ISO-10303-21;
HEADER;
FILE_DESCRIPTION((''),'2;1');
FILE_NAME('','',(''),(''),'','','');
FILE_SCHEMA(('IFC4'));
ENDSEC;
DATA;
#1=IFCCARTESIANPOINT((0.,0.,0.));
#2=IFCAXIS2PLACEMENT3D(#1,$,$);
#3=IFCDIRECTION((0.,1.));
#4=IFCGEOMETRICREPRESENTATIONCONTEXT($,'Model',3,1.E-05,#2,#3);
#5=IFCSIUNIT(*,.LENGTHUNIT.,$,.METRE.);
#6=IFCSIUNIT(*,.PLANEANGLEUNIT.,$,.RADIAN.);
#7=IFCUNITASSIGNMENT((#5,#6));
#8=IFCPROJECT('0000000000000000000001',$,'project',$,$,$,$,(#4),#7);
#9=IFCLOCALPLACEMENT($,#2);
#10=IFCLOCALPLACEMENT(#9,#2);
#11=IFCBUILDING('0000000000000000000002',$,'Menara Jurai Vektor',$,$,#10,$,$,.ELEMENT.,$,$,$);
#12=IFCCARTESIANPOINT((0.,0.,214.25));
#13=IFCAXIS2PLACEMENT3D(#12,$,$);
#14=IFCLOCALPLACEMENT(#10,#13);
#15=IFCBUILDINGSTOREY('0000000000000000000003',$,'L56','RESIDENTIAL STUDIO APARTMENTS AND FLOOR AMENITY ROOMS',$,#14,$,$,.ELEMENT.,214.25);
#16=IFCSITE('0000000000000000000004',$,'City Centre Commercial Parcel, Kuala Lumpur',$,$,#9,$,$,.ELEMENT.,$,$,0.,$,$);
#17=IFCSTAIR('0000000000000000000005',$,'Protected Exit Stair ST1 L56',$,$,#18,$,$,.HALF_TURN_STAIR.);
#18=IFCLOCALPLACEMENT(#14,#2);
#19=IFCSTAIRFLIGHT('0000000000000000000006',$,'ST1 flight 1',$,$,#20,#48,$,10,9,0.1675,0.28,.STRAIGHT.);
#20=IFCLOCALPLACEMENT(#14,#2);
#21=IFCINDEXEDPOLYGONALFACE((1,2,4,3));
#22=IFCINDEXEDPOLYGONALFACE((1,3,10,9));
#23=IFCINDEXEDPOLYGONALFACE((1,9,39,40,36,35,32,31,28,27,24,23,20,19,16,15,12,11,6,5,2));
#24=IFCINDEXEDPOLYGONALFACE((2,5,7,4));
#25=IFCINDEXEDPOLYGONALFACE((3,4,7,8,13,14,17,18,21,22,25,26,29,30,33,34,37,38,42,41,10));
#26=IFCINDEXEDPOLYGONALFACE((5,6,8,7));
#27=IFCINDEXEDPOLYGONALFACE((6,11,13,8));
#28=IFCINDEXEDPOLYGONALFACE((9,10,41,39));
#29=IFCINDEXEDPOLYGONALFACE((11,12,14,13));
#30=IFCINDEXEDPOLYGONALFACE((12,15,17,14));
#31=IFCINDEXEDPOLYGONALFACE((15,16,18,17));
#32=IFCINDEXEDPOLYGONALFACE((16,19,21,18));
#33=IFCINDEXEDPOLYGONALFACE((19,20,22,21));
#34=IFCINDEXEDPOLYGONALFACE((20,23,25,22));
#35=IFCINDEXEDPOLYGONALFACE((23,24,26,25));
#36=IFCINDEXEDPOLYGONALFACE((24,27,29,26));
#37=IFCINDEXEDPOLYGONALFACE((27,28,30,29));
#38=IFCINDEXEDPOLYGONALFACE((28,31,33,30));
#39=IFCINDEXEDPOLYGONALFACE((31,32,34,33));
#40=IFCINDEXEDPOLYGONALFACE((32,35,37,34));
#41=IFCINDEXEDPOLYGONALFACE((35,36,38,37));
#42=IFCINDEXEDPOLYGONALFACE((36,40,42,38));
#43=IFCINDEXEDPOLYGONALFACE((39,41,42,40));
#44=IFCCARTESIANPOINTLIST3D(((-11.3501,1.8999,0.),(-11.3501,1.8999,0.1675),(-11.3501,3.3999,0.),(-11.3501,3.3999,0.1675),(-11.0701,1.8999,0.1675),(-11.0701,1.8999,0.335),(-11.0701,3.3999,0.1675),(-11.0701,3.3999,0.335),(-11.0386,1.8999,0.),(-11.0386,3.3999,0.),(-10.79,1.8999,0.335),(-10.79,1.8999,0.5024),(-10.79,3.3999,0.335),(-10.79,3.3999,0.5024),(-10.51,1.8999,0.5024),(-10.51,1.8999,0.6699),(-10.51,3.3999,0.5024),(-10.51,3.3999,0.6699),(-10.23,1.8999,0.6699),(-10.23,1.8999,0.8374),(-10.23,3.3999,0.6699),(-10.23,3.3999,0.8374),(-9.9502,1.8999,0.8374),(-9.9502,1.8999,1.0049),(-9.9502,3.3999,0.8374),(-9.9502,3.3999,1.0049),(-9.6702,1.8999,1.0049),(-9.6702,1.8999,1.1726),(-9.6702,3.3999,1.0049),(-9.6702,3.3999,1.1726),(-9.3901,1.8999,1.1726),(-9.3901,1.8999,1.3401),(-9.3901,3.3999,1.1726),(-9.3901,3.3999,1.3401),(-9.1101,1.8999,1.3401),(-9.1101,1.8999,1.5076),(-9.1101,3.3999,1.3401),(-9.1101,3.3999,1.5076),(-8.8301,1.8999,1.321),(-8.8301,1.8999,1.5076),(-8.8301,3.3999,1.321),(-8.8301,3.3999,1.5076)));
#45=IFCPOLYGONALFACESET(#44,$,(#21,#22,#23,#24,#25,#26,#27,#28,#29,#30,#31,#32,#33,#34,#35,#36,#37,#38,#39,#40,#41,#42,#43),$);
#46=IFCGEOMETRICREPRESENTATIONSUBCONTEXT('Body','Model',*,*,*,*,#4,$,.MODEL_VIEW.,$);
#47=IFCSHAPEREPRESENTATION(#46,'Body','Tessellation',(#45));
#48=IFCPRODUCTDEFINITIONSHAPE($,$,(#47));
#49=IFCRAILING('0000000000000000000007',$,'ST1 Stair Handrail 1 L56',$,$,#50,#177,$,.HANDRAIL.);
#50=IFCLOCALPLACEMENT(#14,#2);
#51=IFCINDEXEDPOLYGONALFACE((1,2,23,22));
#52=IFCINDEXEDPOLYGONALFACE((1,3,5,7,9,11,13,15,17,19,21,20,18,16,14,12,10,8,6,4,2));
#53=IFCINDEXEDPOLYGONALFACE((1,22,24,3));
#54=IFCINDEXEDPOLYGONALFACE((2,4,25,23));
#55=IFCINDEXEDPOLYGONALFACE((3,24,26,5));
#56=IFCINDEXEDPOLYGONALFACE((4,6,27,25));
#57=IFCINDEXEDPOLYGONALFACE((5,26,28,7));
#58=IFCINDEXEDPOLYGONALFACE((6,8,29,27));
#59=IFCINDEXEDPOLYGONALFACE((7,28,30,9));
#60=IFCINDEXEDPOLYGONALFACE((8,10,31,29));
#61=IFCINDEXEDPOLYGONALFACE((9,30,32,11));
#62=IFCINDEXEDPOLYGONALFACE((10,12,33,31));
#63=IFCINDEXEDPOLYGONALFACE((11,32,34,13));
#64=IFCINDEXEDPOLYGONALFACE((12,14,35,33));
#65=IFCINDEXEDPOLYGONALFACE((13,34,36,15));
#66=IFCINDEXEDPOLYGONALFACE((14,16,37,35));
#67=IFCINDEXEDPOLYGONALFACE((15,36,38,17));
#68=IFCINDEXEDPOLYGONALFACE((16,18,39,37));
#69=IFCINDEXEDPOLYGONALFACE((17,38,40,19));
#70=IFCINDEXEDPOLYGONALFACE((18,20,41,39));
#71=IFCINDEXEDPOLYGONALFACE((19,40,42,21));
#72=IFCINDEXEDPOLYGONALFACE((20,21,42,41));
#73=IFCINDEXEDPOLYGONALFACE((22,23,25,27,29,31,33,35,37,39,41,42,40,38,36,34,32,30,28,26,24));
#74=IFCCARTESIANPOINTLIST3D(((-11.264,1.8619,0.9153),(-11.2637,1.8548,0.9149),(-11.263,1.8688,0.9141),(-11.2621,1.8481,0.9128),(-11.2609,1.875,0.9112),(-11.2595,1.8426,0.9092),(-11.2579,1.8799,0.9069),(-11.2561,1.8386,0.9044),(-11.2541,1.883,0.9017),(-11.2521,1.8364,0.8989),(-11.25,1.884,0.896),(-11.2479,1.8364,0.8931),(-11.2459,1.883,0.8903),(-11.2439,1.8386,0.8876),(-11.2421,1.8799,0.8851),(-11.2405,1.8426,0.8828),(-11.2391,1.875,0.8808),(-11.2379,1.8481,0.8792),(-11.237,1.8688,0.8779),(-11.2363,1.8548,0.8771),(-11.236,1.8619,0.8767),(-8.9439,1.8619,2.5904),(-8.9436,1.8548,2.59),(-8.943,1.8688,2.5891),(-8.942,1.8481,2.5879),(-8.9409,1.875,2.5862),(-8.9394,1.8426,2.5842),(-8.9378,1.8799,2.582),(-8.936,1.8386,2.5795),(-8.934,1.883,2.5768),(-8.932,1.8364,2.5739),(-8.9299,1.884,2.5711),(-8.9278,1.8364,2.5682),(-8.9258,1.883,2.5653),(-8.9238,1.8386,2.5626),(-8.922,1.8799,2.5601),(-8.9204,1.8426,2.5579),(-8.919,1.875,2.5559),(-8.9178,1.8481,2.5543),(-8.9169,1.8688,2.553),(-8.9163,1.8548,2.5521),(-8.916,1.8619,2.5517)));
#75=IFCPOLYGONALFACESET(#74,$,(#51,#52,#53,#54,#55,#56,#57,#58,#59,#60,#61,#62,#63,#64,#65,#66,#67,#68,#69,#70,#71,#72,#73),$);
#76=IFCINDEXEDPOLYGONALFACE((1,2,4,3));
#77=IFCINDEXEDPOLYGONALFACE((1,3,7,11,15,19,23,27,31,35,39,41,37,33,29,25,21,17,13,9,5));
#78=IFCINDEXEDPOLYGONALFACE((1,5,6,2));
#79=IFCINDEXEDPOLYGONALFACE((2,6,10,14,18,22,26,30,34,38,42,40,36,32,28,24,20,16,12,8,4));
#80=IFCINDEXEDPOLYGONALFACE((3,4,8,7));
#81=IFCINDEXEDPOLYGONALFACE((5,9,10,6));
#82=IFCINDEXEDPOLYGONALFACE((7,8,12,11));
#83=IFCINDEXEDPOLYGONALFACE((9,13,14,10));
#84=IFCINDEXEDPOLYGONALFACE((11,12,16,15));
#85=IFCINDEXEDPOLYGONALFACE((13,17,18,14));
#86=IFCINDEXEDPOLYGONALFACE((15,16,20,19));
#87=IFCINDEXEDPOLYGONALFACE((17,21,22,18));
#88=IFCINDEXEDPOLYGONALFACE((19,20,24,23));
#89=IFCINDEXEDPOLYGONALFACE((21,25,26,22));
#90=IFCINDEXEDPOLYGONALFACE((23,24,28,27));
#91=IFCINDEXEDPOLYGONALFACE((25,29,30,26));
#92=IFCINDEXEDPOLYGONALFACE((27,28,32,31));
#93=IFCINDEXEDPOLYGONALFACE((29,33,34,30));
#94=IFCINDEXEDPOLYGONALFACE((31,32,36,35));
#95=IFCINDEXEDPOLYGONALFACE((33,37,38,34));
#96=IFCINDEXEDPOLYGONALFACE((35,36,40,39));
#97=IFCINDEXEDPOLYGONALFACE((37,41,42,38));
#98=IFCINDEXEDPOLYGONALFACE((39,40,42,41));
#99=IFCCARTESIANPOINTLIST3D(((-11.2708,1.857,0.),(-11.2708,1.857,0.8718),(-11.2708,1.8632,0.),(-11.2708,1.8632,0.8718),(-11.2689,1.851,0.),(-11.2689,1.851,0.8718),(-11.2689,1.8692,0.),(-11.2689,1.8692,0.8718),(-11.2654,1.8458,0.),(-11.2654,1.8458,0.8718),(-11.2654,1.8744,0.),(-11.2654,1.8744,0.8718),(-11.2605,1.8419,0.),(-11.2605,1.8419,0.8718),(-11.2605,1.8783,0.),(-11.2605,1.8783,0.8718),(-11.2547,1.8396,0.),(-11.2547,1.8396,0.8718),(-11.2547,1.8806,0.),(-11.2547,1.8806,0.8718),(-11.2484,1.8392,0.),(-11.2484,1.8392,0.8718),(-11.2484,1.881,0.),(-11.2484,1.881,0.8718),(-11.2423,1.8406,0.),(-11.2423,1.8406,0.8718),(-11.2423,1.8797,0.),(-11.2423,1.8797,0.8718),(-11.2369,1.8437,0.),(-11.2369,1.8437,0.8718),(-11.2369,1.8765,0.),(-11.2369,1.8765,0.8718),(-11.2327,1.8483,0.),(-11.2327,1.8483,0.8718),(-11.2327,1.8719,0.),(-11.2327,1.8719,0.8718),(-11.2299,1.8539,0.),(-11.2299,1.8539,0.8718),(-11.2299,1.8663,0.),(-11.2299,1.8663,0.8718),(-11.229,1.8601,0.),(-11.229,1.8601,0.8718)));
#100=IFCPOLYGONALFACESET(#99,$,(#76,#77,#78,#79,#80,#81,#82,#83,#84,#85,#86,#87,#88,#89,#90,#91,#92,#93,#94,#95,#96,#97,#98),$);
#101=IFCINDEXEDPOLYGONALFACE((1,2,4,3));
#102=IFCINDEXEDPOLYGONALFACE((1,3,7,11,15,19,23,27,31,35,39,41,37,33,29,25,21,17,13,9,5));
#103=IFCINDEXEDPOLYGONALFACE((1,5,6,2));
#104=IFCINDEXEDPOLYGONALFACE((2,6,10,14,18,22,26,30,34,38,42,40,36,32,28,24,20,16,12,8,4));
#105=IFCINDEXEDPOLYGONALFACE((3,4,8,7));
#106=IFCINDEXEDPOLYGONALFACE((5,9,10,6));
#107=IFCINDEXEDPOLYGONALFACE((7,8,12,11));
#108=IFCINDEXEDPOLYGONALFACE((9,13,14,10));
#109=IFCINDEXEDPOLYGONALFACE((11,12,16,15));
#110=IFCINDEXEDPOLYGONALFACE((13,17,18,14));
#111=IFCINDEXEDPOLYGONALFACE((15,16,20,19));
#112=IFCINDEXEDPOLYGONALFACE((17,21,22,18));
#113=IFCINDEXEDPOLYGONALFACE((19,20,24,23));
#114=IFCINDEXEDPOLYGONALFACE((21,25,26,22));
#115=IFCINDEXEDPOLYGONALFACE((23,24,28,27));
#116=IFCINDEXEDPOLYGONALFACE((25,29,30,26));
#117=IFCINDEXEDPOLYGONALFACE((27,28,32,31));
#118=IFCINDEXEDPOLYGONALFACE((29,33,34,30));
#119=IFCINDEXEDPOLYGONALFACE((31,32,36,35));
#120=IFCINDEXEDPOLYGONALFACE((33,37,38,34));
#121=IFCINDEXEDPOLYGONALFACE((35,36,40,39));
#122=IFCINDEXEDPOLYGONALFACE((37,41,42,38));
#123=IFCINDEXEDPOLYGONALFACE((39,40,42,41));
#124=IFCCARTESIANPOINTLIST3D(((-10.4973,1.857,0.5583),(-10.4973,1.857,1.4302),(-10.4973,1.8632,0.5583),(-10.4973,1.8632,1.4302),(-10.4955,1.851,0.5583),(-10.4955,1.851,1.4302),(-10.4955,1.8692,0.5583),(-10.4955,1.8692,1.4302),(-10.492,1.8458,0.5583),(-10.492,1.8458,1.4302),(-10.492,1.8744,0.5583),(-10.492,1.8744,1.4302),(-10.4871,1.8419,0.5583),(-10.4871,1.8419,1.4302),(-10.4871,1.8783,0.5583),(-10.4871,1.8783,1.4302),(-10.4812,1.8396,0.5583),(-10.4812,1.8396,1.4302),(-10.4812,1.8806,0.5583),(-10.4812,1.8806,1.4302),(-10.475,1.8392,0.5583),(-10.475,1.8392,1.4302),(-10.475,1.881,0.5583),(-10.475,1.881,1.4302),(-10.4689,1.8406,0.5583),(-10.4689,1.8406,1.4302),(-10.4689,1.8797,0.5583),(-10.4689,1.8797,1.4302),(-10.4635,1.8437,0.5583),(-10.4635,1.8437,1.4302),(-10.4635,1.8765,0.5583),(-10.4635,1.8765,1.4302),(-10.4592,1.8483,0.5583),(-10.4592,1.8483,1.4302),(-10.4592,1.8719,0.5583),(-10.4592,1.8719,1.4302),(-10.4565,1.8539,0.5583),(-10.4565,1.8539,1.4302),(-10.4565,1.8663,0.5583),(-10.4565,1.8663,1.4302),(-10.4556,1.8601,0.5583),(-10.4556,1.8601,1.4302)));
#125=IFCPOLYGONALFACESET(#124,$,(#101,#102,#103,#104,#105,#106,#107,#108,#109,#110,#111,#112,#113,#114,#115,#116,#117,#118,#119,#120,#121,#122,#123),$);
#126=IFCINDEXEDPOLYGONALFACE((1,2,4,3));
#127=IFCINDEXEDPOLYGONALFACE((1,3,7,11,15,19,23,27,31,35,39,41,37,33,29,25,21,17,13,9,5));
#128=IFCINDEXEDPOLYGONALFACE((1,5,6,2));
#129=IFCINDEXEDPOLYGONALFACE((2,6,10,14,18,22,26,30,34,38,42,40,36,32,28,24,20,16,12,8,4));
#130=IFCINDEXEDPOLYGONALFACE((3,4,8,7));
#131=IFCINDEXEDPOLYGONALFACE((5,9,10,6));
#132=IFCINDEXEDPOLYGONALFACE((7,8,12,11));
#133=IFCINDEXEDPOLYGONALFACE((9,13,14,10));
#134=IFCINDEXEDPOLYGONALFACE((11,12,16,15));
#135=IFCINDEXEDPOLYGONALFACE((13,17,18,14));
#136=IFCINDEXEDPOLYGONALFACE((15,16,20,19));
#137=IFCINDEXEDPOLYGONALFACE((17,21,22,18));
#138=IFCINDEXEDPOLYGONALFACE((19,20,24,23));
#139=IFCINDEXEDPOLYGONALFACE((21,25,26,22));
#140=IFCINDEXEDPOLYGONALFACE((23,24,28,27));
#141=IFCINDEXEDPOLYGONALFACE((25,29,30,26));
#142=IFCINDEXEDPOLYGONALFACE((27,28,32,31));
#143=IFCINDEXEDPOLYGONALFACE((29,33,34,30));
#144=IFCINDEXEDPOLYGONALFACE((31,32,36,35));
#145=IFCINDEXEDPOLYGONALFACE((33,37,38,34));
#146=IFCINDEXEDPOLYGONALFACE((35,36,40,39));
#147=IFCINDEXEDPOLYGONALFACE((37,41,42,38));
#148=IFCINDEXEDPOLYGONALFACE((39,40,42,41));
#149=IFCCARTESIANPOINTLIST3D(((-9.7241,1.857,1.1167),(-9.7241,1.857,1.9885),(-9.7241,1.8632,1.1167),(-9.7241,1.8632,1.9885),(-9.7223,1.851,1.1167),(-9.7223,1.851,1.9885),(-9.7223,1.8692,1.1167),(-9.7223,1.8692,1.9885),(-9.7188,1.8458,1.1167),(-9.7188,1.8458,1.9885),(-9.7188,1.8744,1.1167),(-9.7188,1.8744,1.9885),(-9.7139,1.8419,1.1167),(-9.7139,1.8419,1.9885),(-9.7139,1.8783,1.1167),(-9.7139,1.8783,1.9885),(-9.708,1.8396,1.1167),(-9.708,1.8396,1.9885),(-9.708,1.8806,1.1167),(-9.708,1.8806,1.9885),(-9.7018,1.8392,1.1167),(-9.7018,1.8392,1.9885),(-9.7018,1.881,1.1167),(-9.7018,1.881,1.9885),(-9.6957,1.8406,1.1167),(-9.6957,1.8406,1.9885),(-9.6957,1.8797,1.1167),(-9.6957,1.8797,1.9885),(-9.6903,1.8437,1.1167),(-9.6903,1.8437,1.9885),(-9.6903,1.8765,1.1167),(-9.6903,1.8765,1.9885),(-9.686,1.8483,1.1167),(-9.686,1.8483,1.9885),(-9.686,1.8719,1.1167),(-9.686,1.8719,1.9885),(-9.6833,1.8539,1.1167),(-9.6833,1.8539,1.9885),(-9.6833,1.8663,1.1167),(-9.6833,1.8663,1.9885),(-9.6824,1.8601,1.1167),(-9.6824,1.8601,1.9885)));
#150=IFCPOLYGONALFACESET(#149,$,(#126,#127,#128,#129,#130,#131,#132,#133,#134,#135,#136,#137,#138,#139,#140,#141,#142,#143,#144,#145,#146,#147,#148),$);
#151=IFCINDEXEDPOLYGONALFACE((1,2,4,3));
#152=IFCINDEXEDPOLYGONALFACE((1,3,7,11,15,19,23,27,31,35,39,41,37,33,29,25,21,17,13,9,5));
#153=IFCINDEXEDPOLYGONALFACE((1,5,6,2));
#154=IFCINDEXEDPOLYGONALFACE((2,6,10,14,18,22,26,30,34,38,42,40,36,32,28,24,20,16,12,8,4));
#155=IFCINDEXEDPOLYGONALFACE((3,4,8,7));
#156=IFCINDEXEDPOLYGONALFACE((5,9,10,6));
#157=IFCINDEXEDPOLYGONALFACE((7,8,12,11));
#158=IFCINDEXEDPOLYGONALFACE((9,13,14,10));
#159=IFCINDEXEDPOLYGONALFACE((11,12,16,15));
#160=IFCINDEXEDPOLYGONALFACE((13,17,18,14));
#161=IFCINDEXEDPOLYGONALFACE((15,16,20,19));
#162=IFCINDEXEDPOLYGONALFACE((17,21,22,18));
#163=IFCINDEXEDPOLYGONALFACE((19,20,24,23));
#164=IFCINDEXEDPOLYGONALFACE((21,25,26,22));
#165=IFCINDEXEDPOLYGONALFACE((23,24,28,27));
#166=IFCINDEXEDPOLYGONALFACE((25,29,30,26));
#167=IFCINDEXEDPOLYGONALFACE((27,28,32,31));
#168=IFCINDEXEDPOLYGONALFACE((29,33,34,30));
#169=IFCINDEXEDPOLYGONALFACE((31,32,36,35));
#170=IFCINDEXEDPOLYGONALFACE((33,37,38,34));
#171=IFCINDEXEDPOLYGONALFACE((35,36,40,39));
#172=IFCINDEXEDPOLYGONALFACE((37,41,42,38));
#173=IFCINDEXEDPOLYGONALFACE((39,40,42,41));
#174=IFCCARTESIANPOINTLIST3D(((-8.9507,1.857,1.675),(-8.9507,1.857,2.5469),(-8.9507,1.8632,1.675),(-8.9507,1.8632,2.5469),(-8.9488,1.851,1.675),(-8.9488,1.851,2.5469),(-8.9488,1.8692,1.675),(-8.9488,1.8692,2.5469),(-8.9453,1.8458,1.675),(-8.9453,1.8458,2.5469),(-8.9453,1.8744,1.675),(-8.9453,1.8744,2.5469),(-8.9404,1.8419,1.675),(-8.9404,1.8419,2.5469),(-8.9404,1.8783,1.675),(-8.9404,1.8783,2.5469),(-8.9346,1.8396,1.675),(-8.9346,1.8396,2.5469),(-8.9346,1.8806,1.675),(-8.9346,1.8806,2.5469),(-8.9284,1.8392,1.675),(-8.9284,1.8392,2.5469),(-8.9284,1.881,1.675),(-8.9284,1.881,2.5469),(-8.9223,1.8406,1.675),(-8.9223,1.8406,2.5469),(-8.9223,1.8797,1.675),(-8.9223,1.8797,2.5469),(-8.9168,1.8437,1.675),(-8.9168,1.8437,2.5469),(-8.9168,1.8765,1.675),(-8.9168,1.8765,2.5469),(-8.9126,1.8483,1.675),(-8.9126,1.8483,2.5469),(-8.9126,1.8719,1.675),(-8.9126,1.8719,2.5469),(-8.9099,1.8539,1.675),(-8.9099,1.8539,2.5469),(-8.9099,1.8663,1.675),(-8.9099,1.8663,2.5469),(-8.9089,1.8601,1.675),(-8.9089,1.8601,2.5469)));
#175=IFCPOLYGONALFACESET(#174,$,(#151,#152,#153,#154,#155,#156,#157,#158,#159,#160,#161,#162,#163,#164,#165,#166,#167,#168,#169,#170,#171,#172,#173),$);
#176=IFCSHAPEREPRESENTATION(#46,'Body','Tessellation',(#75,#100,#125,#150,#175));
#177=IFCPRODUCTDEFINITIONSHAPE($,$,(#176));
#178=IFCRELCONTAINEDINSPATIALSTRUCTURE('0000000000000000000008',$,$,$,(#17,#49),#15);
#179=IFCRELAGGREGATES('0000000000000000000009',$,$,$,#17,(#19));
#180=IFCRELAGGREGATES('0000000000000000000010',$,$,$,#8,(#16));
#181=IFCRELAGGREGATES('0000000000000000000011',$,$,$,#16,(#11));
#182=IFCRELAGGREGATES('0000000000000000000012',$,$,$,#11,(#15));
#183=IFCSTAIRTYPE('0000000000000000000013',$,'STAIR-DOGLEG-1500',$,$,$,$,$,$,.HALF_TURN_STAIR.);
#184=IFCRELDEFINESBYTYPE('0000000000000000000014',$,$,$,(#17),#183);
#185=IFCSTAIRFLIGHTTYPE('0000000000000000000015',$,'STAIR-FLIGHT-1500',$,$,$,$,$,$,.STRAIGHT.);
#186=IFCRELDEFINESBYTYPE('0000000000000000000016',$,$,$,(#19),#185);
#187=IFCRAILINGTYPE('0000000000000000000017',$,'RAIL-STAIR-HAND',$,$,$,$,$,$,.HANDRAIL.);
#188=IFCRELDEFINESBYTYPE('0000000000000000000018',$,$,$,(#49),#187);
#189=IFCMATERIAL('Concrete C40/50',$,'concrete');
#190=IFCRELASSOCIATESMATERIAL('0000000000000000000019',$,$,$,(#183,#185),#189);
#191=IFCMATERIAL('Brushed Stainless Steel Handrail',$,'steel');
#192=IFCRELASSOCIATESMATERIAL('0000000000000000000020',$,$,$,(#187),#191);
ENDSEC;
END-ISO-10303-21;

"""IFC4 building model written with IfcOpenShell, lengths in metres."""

from ifc_helpers import new_model, si_unit, direction, frame, origin, origin_2d, place, context, subcontext, project, spatial, polyline, circle, outline, extrude, material, type_object, element, aggregate, save


model = new_model("IFC4")

# Units and contexts
model_context = context("Model", 3, precision=1e-05, world=origin(), true_north=direction((0.0, 1.0)))
body_context = subcontext(model_context, "Body", "Model", "MODEL_VIEW")
ifc_project = project(units=[si_unit("LENGTHUNIT", "METRE"), si_unit("PLANEANGLEUNIT", "RADIAN")], contexts=[model_context])

# Site, building, storey
site_placement = place(None, origin())
site = spatial("IfcSite", under=ifc_project, at=site_placement, Name="City Centre Commercial Parcel, Kuala Lumpur", CompositionType="ELEMENT", RefElevation=0.0)
building_placement = place(site_placement, origin())
building = spatial("IfcBuilding", under=site, at=building_placement, Name="Menara Jurai Vektor", CompositionType="ELEMENT")
storey_placement = place(building_placement, frame((0.0, 0.0, 214.25)))
storey = spatial("IfcBuildingStorey", under=building, at=storey_placement, Name="L56", Description="RESIDENTIAL STUDIO APARTMENTS AND FLOOR AMENITY ROOMS", CompositionType="ELEMENT", Elevation=214.25)

# Shared definitions
ifc_material_1 = material(Name="Concrete C40/50", Category="concrete")

# Stair, stair flight
stair_type = type_object("IfcStairType", Name="STAIR-DOGLEG-1500", PredefinedType="HALF_TURN_STAIR", material=ifc_material_1)
stair_placement = place(storey_placement, origin())
stair = element("IfcStair", 1, at=stair_placement, inside=storey, type_object=stair_type, Name="Protected Exit Stair ST1 L56", PredefinedType="HALF_TURN_STAIR")
stair_flight_type = type_object("IfcStairFlightType", Name="STAIR-FLIGHT-1500", PredefinedType="STRAIGHT", material=ifc_material_1)
stair_flight_placement = place(storey_placement, frame((-11.3501, 2.6499, 0.0), z_axis=(0.0, 0.0, 1.0), x_axis=(1.0, 0.0, 0.0)))
stair_flight = element("IfcStairFlight", 2, at=stair_flight_placement, type_object=stair_flight_type, Name="ST1 flight 1", NumberOfRisers=10, NumberOfTreads=9, PredefinedType="STRAIGHT", RiserHeight=0.1675, TreadLength=0.28, context=body_context, shape_type="SweptSolid", body=[
    extrude(outline(polyline([(0.0, 0.0), (0.0, 0.1675), (0.28, 0.1675), (0.28, 0.335), (0.5601, 0.335), (0.5601, 0.5024), (0.8401, 0.5024), (0.8401, 0.6699), (1.1201, 0.6699), (1.1201, 0.8374), (1.3999, 0.8374), (1.3999, 1.0049), (1.6799, 1.0049), (1.6799, 1.1726), (1.96, 1.1726), (1.96, 1.3401), (2.24, 1.3401), (2.24, 1.5076), (2.52, 1.5076), (2.52, 1.675), (2.52, 1.321), (0.3115, 0.0), (0.0, 0.0)])), frame((0.0, 0.75, 0.0), z_axis=(0.0, -1.0, 0.0), x_axis=(1.0, 0.0, 0.0)), (0.0, 0.0, 1.0), 1.5),
])
aggregate(stair, [stair_flight])

# Railing
ifc_material_2 = material(Name="Brushed Stainless Steel Handrail", Category="steel")
railing_type_1 = type_object("IfcRailingType", Name="RAIL-STAIR-HAND", PredefinedType="HANDRAIL", material=ifc_material_2)
railing_1_placement = place(storey_placement, frame((-11.25, 1.8601, 0.0)))
element("IfcRailing", 3, at=railing_1_placement, inside=storey, type_object=railing_type_1, Name="ST1 Stair Handrail 1 L56", PredefinedType="HANDRAIL", context=body_context, shape_type="SweptSolid", body=[
    extrude(circle(Radius=0.0239, at=origin_2d()), frame((0.0, 0.0, 0.896), z_axis=(0.810771, 0.0, 0.585363), x_axis=(0.0, 1.0, 0.0)), (0.0, 0.0, 1.0), 2.8616),
    extrude(circle(Radius=0.021, at=origin_2d()), origin(), (0.0, 0.0, 1.0), 0.8718),
    extrude(circle(Radius=0.021, at=origin_2d()), frame((0.7734, 0.0, 0.5583)), (0.0, 0.0, 1.0), 0.8718),
    extrude(circle(Radius=0.021, at=origin_2d()), frame((1.5466, 0.0, 1.1167)), (0.0, 0.0, 1.0), 0.8718),
    extrude(circle(Radius=0.021, at=origin_2d()), frame((2.3201, 0.0, 1.675)), (0.0, 0.0, 1.0), 0.8718),
])

save(model, "model.ifc")
